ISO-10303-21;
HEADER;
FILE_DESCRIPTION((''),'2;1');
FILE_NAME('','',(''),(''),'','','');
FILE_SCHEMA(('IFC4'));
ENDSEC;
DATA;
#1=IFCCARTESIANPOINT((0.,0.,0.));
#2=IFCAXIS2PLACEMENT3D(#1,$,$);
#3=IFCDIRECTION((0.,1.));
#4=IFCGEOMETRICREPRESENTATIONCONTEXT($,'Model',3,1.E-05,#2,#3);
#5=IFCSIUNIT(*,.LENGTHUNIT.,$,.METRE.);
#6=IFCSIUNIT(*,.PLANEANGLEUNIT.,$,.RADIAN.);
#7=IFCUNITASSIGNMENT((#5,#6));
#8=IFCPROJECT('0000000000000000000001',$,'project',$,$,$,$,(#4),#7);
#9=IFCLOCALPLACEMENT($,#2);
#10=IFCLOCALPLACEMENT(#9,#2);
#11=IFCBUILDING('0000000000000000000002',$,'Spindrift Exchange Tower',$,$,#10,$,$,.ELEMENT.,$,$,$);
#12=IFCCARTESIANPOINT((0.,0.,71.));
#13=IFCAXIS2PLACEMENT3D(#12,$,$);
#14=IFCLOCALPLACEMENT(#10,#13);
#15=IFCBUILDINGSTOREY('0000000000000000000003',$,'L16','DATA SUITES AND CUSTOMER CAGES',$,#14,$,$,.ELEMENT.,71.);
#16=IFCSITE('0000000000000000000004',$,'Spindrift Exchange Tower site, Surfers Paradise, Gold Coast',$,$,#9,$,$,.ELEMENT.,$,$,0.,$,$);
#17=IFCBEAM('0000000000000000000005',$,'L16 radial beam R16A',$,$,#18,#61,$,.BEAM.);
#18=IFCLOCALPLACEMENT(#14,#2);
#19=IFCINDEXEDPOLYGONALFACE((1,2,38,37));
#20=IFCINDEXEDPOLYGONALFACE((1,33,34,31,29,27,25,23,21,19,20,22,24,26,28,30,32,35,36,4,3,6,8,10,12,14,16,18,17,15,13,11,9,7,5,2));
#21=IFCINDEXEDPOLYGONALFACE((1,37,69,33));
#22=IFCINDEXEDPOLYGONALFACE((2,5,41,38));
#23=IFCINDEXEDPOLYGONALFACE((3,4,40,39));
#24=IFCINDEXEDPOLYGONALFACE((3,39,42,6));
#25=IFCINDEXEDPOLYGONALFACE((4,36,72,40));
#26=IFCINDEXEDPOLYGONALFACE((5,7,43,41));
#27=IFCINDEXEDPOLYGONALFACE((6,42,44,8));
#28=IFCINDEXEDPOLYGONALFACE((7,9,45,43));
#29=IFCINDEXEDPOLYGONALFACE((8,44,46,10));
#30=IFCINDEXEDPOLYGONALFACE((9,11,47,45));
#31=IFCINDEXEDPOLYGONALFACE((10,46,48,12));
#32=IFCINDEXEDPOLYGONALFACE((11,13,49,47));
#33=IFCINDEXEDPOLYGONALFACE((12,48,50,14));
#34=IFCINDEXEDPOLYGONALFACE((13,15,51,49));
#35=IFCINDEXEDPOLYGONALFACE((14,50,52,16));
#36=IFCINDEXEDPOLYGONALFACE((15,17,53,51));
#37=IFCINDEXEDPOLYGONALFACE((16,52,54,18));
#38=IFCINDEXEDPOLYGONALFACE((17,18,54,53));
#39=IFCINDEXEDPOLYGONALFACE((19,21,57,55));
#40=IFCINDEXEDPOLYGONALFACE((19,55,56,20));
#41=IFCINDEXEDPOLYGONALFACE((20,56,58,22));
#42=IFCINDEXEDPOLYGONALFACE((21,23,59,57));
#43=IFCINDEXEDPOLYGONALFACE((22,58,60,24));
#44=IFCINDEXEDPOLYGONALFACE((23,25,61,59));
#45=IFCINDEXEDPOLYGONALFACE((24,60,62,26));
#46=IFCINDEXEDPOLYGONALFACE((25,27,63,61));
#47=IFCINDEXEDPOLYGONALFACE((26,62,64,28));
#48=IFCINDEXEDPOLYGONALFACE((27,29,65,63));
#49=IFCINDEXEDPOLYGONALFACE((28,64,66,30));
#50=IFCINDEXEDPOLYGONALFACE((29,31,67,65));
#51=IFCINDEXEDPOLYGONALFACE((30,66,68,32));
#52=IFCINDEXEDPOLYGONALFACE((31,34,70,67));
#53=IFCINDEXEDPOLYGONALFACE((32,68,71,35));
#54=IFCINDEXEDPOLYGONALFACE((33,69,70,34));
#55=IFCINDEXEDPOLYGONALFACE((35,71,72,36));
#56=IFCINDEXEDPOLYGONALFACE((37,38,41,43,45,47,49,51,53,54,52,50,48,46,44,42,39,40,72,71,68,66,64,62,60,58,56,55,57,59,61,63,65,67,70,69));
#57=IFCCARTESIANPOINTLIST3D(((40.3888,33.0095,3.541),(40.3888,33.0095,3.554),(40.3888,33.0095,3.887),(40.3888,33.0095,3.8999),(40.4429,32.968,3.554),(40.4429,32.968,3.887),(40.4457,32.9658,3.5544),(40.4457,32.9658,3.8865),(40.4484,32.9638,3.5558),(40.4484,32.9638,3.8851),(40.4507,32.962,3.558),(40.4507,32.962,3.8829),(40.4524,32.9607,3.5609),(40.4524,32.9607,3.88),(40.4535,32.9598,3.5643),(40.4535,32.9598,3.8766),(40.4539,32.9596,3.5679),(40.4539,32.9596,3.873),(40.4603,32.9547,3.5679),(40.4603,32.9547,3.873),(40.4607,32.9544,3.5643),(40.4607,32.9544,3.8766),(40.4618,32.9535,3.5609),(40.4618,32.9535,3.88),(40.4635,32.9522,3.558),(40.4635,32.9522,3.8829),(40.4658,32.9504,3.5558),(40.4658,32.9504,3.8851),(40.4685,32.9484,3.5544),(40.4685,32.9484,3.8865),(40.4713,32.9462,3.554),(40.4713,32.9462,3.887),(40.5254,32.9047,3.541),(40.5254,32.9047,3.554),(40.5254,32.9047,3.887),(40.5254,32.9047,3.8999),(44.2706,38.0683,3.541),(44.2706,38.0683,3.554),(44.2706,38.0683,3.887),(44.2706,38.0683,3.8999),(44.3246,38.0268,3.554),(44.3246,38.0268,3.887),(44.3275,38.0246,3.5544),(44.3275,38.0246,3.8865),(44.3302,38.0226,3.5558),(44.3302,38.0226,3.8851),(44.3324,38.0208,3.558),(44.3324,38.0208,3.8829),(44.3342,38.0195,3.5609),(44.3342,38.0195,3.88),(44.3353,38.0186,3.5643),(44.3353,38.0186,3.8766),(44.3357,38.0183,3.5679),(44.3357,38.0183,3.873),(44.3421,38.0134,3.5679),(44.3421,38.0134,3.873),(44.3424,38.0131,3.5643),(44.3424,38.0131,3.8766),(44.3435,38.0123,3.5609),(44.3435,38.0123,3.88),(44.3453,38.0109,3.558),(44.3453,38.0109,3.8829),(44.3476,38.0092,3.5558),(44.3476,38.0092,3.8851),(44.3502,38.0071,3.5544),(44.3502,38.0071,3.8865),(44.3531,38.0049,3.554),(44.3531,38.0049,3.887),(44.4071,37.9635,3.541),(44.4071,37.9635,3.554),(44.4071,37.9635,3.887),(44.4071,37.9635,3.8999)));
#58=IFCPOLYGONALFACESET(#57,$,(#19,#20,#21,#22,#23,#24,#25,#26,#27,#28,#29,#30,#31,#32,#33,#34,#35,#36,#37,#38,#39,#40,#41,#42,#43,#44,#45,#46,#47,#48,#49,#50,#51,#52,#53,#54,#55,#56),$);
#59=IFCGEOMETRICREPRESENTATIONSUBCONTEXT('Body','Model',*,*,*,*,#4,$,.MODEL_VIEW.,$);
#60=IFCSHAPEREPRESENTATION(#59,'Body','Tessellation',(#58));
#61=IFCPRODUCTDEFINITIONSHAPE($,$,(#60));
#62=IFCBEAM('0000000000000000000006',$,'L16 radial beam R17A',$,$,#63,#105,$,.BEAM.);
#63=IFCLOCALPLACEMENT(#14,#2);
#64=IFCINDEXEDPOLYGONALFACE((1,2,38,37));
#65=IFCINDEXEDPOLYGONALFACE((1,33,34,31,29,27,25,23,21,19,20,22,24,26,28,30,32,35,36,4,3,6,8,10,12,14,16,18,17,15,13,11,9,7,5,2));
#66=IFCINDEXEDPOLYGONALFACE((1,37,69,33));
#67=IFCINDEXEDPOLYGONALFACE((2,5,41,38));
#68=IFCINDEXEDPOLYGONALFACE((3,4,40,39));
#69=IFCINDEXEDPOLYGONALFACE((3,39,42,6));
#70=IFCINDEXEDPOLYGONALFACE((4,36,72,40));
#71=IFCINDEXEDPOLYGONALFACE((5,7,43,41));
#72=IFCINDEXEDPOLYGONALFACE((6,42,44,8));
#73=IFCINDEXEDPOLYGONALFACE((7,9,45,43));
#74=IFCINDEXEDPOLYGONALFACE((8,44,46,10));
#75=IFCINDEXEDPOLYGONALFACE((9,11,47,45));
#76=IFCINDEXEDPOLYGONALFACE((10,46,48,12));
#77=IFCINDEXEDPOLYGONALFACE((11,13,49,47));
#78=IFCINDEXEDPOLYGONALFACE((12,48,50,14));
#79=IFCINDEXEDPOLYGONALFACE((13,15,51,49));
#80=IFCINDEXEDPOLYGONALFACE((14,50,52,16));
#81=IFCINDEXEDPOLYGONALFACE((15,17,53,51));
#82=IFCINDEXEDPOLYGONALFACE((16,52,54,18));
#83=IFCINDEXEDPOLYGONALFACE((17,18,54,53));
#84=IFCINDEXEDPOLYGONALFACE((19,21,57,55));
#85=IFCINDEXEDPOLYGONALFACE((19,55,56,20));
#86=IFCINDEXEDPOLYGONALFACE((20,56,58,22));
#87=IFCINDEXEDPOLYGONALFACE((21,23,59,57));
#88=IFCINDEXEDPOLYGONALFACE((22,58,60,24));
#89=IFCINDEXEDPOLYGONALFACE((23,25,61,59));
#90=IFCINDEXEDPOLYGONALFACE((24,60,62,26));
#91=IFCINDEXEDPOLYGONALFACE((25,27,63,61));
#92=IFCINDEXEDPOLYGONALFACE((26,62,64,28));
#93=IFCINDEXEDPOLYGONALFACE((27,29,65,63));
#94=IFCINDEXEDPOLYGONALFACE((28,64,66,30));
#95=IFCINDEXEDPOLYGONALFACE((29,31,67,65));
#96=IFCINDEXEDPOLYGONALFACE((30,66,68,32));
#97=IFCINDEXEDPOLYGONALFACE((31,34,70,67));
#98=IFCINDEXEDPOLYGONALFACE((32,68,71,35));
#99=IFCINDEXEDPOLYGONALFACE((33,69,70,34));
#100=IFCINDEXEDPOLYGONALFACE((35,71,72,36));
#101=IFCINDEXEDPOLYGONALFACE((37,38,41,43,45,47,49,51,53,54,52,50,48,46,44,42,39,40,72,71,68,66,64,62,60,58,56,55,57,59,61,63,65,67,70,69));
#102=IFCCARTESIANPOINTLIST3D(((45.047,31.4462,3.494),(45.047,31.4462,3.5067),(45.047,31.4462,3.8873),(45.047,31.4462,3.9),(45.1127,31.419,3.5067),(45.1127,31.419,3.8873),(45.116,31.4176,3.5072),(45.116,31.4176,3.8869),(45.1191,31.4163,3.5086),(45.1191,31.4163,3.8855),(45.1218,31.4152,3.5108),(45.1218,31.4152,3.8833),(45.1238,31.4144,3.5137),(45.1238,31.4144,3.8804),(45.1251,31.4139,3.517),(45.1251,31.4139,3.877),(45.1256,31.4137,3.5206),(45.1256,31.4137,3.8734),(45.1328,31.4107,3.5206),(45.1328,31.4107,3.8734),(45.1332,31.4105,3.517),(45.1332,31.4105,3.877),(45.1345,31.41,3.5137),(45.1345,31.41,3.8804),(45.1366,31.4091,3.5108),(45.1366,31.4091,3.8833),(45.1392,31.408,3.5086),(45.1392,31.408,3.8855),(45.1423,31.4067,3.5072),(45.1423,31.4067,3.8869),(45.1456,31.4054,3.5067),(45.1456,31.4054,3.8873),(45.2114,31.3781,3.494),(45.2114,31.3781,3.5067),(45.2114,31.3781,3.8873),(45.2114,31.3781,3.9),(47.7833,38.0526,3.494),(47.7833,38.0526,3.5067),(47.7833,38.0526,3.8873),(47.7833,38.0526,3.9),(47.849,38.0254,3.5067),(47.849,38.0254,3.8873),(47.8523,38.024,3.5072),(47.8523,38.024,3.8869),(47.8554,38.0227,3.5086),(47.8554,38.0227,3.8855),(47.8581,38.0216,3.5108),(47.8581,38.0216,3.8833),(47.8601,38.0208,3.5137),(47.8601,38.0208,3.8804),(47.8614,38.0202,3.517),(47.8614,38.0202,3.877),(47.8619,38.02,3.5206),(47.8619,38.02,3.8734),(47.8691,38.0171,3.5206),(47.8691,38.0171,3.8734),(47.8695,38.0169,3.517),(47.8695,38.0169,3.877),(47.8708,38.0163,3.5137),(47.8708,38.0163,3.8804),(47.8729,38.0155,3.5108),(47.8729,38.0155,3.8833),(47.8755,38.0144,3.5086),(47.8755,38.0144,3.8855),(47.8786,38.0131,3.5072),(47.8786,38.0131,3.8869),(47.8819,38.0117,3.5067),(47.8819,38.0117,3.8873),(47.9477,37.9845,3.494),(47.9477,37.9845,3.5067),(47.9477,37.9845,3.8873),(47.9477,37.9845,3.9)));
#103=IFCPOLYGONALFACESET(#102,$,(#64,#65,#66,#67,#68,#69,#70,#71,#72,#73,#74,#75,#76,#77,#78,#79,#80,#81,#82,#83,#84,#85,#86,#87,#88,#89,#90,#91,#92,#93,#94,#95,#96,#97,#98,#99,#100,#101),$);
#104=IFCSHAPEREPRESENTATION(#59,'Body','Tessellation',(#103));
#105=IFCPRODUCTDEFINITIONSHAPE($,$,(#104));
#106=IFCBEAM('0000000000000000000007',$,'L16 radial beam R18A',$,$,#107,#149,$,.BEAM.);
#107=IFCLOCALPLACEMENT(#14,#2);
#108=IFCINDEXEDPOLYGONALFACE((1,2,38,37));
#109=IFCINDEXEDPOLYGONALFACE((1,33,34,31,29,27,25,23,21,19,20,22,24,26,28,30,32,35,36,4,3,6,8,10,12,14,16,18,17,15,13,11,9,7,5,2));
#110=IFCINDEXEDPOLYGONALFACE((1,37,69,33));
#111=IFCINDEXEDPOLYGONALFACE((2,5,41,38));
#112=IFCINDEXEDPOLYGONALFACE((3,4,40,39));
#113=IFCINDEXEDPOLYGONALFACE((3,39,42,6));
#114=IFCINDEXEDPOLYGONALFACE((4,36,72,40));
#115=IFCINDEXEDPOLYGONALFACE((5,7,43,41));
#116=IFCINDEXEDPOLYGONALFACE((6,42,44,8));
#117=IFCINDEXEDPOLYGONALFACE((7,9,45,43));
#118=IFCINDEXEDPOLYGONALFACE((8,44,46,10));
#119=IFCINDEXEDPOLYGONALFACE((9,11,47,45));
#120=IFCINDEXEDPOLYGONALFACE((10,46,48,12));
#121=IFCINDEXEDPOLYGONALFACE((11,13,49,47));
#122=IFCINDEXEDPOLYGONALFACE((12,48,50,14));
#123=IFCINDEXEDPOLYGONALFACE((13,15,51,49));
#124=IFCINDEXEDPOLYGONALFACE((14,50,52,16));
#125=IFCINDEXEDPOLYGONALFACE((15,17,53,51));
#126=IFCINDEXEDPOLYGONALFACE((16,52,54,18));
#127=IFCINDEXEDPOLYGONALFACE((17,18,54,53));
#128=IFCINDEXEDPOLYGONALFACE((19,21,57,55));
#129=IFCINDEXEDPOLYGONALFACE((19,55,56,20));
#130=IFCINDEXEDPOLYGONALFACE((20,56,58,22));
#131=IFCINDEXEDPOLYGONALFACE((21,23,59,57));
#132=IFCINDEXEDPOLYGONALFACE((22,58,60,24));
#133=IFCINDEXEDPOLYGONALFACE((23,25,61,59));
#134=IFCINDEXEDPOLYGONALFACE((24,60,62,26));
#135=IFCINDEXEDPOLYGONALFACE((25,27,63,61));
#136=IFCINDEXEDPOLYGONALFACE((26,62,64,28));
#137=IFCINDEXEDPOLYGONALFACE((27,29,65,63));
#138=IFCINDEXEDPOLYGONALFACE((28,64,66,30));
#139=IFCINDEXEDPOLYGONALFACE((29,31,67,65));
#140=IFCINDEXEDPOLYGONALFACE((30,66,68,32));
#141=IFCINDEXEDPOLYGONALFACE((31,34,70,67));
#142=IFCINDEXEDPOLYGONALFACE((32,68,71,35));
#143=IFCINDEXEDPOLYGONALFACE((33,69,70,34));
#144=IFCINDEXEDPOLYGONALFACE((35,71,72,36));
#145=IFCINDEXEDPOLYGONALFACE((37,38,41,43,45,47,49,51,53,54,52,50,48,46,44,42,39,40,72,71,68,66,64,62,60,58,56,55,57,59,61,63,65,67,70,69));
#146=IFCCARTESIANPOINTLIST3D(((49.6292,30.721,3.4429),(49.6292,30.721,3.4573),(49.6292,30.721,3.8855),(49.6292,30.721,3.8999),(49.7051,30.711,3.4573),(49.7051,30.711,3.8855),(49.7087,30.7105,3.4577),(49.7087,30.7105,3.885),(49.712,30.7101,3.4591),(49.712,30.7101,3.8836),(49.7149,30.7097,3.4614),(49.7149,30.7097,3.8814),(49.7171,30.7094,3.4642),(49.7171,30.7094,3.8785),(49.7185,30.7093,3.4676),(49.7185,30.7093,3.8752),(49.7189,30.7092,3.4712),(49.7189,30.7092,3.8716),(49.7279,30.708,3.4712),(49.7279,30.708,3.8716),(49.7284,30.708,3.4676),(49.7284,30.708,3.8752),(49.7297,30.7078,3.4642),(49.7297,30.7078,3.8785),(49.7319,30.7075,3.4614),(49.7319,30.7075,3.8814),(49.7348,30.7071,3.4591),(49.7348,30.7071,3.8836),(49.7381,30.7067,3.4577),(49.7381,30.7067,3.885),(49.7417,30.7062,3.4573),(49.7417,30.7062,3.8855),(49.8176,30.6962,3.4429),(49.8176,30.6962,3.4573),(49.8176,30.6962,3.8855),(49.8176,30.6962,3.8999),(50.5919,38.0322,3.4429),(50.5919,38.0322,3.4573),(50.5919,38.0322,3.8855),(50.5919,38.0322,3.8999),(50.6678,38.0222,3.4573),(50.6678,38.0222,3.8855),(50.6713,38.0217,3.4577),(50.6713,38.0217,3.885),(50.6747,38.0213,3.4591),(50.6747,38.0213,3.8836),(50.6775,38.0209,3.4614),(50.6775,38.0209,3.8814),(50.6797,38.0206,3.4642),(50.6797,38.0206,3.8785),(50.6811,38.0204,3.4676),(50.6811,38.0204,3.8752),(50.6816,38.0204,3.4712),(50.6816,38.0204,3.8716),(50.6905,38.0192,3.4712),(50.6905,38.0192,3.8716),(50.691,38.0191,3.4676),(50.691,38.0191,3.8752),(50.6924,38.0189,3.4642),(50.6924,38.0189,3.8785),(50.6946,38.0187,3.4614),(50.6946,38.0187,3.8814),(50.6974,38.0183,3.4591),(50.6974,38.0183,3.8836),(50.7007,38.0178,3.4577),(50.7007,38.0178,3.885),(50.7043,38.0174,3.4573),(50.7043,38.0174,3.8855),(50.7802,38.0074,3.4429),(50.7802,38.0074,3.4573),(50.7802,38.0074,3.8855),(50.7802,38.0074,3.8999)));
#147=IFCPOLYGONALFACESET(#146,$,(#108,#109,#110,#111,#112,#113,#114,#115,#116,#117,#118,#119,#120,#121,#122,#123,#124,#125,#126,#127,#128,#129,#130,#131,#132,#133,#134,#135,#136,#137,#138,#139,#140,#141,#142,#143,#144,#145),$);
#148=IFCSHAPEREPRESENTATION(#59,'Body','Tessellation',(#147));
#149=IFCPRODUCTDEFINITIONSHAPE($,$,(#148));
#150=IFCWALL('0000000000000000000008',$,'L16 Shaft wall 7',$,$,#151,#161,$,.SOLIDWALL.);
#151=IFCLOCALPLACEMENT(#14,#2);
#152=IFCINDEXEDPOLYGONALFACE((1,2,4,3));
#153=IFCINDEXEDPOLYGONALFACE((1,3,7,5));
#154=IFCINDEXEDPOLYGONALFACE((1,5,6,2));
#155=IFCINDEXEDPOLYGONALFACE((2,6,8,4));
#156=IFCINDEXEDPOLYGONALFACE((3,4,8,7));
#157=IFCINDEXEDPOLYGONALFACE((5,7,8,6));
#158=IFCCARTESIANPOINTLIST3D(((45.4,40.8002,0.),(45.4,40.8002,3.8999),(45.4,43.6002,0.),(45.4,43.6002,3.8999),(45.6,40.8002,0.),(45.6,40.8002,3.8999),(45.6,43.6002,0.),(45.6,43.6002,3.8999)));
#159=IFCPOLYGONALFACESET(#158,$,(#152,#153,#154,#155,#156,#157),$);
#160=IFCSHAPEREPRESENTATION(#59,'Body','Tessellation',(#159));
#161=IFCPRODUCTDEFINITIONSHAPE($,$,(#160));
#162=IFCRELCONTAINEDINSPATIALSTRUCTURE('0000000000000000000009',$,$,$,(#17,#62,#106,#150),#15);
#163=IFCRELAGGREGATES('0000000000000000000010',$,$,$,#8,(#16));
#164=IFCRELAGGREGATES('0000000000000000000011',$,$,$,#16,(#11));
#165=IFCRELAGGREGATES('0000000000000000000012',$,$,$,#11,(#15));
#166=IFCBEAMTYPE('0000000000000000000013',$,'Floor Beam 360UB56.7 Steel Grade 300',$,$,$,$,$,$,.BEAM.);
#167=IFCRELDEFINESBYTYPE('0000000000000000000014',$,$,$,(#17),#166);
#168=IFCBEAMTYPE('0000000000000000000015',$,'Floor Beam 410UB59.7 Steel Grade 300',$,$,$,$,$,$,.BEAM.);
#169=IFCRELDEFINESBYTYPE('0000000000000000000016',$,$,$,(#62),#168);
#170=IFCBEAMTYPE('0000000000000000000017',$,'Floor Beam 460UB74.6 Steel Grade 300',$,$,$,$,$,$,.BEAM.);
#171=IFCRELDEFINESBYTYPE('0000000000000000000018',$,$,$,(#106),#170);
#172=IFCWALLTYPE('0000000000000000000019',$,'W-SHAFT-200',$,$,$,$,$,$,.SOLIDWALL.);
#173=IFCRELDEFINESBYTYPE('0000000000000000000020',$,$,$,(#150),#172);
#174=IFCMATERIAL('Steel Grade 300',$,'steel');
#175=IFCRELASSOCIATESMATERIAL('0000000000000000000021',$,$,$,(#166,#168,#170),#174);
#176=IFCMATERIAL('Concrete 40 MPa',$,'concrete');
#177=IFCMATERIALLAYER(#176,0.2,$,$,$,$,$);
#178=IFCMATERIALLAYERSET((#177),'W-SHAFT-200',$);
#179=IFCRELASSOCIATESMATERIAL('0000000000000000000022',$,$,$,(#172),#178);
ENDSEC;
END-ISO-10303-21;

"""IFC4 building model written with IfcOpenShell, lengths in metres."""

from ifc_helpers import new_model, si_unit, direction, frame, frame_2d, origin, origin_2d, place, context, subcontext, project, spatial, rectangle, i_section, extrude, source, transform, mapped, material, layer, layer_set, material_profile, profile_set, type_object, element, save


model = new_model("IFC4")

# Units and contexts
model_context = context("Model", 3, precision=1e-05, world=origin(), true_north=direction((0.0, 1.0)))
body_context = subcontext(model_context, "Body", "Model", "MODEL_VIEW")
ifc_project = project(units=[si_unit("LENGTHUNIT", "METRE"), si_unit("PLANEANGLEUNIT", "RADIAN")], contexts=[model_context])

# Site, building, storey
site_placement = place(None, origin())
site = spatial("IfcSite", under=ifc_project, at=site_placement, Name="Spindrift Exchange Tower site, Surfers Paradise, Gold Coast", CompositionType="ELEMENT", RefElevation=0.0)
building_placement = place(site_placement, origin())
building = spatial("IfcBuilding", under=site, at=building_placement, Name="Spindrift Exchange Tower", CompositionType="ELEMENT")
storey_placement = place(building_placement, frame((0.0, 0.0, 71.0)))
storey = spatial("IfcBuildingStorey", under=building, at=storey_placement, Name="L16", Description="DATA SUITES AND CUSTOMER CAGES", CompositionType="ELEMENT", Elevation=71.0)

# Beams
ifc_material_1 = material(Name="Steel Grade 300", Category="steel")
ifc_material_profile_1 = material_profile(ifc_material_1, i_section(OverallWidth=0.1721, OverallDepth=0.3589, WebThickness=0.0081, FlangeThickness=0.0129, FilletRadius=0.0139, at=origin_2d()), Name="360UB56.7")
ifc_profile_set_1 = profile_set([ifc_material_profile_1], Name="Steel Grade 300")
beam_type_1 = type_object("IfcBeamType", Name="Floor Beam 360UB56.7 Steel Grade 300", PredefinedType="BEAM", material=ifc_profile_set_1)
shared_shape_1 = source(origin(), body_context, "Body", "SweptSolid", [
    extrude(i_section(OverallWidth=0.1721, OverallDepth=0.3589, WebThickness=0.0081, FlangeThickness=0.0129, FilletRadius=0.0139, at=origin_2d()), origin(), (0.0, 0.0, 1.0), 6.3765),
])
beam_1_placement = place(storey_placement, frame((44.3389, 38.0159, 3.7205), z_axis=(-0.608767, -0.793349, 0.0), x_axis=(0.793349, -0.608767, 0.0)))
element("IfcBeam", 1, at=beam_1_placement, inside=storey, type_object=beam_type_1, Name="L16 radial beam R16A", PredefinedType="BEAM", context=body_context, shape_type="MappedRepresentation", body=[
    mapped(shared_shape_1, transform((0.0, 0.0, 0.0), scale=1.0)),
])
ifc_material_profile_2 = material_profile(ifc_material_1, i_section(OverallWidth=0.178, OverallDepth=0.406, WebThickness=0.0078, FlangeThickness=0.0127, FilletRadius=0.0139, at=origin_2d()), Name="410UB59.7")
ifc_profile_set_2 = profile_set([ifc_material_profile_2], Name="Steel Grade 300")
beam_type_2 = type_object("IfcBeamType", Name="Floor Beam 410UB59.7 Steel Grade 300", PredefinedType="BEAM", material=ifc_profile_set_2)
shared_shape_2 = source(origin(), body_context, "Body", "SweptSolid", [
    extrude(i_section(OverallWidth=0.178, OverallDepth=0.406, WebThickness=0.0078, FlangeThickness=0.0127, FilletRadius=0.0139, at=origin_2d()), origin(), (0.0, 0.0, 1.0), 7.1506),
])
beam_2_placement = place(storey_placement, frame((47.8655, 38.0186, 3.697), z_axis=(-0.382665, -0.923887, 0.0), x_axis=(0.923887, -0.382665, 0.0)))
element("IfcBeam", 2, at=beam_2_placement, inside=storey, type_object=beam_type_2, Name="L16 radial beam R17A", PredefinedType="BEAM", context=body_context, shape_type="MappedRepresentation", body=[
    mapped(shared_shape_2, transform((0.0, 0.0, 0.0), scale=1.0)),
])
ifc_material_profile_3 = material_profile(ifc_material_1, i_section(OverallWidth=0.1899, OverallDepth=0.457, WebThickness=0.009, FlangeThickness=0.0144, FilletRadius=0.0139, at=origin_2d()), Name="460UB74.6")
ifc_profile_set_3 = profile_set([ifc_material_profile_3], Name="Steel Grade 300")
beam_type_3 = type_object("IfcBeamType", Name="Floor Beam 460UB74.6 Steel Grade 300", PredefinedType="BEAM", material=ifc_profile_set_3)
shared_shape_3 = source(origin(), body_context, "Body", "SweptSolid", [
    extrude(i_section(OverallWidth=0.1899, OverallDepth=0.457, WebThickness=0.009, FlangeThickness=0.0144, FilletRadius=0.0139, at=origin_2d()), origin(), (0.0, 0.0, 1.0), 7.3743),
])
beam_3_placement = place(storey_placement, frame((50.686, 38.0198, 3.6714), z_axis=(-0.130539, -0.991443, 0.0), x_axis=(0.991443, -0.130539, 0.0)))
element("IfcBeam", 3, at=beam_3_placement, inside=storey, type_object=beam_type_3, Name="L16 radial beam R18A", PredefinedType="BEAM", context=body_context, shape_type="MappedRepresentation", body=[
    mapped(shared_shape_3, transform((0.0, 0.0, 0.0), scale=1.0)),
])

# Wall
ifc_material_2 = material(Name="Concrete 40 MPa", Category="concrete")
ifc_layer_1 = layer(ifc_material_2, 0.2)
ifc_layer_set_1 = layer_set([ifc_layer_1], Name="W-SHAFT-200")
wall_type_1 = type_object("IfcWallType", Name="W-SHAFT-200", PredefinedType="SOLIDWALL", material=ifc_layer_set_1)
wall_1_placement = place(storey_placement, frame((45.5, 43.6001, 0.0), z_axis=(0.0, 0.0, 1.0), x_axis=(0.0, -1.0, 0.0)))
element("IfcWall", 4, at=wall_1_placement, inside=storey, type_object=wall_type_1, Name="L16 Shaft wall 7", PredefinedType="SOLIDWALL", context=body_context, shape_type="SweptSolid", body=[
    extrude(rectangle(XDim=2.8, YDim=0.2, at=frame_2d((1.3999, 0.0))), origin(), (0.0, 0.0, 1.0), 3.8999),
])

save(model, "model.ifc")
